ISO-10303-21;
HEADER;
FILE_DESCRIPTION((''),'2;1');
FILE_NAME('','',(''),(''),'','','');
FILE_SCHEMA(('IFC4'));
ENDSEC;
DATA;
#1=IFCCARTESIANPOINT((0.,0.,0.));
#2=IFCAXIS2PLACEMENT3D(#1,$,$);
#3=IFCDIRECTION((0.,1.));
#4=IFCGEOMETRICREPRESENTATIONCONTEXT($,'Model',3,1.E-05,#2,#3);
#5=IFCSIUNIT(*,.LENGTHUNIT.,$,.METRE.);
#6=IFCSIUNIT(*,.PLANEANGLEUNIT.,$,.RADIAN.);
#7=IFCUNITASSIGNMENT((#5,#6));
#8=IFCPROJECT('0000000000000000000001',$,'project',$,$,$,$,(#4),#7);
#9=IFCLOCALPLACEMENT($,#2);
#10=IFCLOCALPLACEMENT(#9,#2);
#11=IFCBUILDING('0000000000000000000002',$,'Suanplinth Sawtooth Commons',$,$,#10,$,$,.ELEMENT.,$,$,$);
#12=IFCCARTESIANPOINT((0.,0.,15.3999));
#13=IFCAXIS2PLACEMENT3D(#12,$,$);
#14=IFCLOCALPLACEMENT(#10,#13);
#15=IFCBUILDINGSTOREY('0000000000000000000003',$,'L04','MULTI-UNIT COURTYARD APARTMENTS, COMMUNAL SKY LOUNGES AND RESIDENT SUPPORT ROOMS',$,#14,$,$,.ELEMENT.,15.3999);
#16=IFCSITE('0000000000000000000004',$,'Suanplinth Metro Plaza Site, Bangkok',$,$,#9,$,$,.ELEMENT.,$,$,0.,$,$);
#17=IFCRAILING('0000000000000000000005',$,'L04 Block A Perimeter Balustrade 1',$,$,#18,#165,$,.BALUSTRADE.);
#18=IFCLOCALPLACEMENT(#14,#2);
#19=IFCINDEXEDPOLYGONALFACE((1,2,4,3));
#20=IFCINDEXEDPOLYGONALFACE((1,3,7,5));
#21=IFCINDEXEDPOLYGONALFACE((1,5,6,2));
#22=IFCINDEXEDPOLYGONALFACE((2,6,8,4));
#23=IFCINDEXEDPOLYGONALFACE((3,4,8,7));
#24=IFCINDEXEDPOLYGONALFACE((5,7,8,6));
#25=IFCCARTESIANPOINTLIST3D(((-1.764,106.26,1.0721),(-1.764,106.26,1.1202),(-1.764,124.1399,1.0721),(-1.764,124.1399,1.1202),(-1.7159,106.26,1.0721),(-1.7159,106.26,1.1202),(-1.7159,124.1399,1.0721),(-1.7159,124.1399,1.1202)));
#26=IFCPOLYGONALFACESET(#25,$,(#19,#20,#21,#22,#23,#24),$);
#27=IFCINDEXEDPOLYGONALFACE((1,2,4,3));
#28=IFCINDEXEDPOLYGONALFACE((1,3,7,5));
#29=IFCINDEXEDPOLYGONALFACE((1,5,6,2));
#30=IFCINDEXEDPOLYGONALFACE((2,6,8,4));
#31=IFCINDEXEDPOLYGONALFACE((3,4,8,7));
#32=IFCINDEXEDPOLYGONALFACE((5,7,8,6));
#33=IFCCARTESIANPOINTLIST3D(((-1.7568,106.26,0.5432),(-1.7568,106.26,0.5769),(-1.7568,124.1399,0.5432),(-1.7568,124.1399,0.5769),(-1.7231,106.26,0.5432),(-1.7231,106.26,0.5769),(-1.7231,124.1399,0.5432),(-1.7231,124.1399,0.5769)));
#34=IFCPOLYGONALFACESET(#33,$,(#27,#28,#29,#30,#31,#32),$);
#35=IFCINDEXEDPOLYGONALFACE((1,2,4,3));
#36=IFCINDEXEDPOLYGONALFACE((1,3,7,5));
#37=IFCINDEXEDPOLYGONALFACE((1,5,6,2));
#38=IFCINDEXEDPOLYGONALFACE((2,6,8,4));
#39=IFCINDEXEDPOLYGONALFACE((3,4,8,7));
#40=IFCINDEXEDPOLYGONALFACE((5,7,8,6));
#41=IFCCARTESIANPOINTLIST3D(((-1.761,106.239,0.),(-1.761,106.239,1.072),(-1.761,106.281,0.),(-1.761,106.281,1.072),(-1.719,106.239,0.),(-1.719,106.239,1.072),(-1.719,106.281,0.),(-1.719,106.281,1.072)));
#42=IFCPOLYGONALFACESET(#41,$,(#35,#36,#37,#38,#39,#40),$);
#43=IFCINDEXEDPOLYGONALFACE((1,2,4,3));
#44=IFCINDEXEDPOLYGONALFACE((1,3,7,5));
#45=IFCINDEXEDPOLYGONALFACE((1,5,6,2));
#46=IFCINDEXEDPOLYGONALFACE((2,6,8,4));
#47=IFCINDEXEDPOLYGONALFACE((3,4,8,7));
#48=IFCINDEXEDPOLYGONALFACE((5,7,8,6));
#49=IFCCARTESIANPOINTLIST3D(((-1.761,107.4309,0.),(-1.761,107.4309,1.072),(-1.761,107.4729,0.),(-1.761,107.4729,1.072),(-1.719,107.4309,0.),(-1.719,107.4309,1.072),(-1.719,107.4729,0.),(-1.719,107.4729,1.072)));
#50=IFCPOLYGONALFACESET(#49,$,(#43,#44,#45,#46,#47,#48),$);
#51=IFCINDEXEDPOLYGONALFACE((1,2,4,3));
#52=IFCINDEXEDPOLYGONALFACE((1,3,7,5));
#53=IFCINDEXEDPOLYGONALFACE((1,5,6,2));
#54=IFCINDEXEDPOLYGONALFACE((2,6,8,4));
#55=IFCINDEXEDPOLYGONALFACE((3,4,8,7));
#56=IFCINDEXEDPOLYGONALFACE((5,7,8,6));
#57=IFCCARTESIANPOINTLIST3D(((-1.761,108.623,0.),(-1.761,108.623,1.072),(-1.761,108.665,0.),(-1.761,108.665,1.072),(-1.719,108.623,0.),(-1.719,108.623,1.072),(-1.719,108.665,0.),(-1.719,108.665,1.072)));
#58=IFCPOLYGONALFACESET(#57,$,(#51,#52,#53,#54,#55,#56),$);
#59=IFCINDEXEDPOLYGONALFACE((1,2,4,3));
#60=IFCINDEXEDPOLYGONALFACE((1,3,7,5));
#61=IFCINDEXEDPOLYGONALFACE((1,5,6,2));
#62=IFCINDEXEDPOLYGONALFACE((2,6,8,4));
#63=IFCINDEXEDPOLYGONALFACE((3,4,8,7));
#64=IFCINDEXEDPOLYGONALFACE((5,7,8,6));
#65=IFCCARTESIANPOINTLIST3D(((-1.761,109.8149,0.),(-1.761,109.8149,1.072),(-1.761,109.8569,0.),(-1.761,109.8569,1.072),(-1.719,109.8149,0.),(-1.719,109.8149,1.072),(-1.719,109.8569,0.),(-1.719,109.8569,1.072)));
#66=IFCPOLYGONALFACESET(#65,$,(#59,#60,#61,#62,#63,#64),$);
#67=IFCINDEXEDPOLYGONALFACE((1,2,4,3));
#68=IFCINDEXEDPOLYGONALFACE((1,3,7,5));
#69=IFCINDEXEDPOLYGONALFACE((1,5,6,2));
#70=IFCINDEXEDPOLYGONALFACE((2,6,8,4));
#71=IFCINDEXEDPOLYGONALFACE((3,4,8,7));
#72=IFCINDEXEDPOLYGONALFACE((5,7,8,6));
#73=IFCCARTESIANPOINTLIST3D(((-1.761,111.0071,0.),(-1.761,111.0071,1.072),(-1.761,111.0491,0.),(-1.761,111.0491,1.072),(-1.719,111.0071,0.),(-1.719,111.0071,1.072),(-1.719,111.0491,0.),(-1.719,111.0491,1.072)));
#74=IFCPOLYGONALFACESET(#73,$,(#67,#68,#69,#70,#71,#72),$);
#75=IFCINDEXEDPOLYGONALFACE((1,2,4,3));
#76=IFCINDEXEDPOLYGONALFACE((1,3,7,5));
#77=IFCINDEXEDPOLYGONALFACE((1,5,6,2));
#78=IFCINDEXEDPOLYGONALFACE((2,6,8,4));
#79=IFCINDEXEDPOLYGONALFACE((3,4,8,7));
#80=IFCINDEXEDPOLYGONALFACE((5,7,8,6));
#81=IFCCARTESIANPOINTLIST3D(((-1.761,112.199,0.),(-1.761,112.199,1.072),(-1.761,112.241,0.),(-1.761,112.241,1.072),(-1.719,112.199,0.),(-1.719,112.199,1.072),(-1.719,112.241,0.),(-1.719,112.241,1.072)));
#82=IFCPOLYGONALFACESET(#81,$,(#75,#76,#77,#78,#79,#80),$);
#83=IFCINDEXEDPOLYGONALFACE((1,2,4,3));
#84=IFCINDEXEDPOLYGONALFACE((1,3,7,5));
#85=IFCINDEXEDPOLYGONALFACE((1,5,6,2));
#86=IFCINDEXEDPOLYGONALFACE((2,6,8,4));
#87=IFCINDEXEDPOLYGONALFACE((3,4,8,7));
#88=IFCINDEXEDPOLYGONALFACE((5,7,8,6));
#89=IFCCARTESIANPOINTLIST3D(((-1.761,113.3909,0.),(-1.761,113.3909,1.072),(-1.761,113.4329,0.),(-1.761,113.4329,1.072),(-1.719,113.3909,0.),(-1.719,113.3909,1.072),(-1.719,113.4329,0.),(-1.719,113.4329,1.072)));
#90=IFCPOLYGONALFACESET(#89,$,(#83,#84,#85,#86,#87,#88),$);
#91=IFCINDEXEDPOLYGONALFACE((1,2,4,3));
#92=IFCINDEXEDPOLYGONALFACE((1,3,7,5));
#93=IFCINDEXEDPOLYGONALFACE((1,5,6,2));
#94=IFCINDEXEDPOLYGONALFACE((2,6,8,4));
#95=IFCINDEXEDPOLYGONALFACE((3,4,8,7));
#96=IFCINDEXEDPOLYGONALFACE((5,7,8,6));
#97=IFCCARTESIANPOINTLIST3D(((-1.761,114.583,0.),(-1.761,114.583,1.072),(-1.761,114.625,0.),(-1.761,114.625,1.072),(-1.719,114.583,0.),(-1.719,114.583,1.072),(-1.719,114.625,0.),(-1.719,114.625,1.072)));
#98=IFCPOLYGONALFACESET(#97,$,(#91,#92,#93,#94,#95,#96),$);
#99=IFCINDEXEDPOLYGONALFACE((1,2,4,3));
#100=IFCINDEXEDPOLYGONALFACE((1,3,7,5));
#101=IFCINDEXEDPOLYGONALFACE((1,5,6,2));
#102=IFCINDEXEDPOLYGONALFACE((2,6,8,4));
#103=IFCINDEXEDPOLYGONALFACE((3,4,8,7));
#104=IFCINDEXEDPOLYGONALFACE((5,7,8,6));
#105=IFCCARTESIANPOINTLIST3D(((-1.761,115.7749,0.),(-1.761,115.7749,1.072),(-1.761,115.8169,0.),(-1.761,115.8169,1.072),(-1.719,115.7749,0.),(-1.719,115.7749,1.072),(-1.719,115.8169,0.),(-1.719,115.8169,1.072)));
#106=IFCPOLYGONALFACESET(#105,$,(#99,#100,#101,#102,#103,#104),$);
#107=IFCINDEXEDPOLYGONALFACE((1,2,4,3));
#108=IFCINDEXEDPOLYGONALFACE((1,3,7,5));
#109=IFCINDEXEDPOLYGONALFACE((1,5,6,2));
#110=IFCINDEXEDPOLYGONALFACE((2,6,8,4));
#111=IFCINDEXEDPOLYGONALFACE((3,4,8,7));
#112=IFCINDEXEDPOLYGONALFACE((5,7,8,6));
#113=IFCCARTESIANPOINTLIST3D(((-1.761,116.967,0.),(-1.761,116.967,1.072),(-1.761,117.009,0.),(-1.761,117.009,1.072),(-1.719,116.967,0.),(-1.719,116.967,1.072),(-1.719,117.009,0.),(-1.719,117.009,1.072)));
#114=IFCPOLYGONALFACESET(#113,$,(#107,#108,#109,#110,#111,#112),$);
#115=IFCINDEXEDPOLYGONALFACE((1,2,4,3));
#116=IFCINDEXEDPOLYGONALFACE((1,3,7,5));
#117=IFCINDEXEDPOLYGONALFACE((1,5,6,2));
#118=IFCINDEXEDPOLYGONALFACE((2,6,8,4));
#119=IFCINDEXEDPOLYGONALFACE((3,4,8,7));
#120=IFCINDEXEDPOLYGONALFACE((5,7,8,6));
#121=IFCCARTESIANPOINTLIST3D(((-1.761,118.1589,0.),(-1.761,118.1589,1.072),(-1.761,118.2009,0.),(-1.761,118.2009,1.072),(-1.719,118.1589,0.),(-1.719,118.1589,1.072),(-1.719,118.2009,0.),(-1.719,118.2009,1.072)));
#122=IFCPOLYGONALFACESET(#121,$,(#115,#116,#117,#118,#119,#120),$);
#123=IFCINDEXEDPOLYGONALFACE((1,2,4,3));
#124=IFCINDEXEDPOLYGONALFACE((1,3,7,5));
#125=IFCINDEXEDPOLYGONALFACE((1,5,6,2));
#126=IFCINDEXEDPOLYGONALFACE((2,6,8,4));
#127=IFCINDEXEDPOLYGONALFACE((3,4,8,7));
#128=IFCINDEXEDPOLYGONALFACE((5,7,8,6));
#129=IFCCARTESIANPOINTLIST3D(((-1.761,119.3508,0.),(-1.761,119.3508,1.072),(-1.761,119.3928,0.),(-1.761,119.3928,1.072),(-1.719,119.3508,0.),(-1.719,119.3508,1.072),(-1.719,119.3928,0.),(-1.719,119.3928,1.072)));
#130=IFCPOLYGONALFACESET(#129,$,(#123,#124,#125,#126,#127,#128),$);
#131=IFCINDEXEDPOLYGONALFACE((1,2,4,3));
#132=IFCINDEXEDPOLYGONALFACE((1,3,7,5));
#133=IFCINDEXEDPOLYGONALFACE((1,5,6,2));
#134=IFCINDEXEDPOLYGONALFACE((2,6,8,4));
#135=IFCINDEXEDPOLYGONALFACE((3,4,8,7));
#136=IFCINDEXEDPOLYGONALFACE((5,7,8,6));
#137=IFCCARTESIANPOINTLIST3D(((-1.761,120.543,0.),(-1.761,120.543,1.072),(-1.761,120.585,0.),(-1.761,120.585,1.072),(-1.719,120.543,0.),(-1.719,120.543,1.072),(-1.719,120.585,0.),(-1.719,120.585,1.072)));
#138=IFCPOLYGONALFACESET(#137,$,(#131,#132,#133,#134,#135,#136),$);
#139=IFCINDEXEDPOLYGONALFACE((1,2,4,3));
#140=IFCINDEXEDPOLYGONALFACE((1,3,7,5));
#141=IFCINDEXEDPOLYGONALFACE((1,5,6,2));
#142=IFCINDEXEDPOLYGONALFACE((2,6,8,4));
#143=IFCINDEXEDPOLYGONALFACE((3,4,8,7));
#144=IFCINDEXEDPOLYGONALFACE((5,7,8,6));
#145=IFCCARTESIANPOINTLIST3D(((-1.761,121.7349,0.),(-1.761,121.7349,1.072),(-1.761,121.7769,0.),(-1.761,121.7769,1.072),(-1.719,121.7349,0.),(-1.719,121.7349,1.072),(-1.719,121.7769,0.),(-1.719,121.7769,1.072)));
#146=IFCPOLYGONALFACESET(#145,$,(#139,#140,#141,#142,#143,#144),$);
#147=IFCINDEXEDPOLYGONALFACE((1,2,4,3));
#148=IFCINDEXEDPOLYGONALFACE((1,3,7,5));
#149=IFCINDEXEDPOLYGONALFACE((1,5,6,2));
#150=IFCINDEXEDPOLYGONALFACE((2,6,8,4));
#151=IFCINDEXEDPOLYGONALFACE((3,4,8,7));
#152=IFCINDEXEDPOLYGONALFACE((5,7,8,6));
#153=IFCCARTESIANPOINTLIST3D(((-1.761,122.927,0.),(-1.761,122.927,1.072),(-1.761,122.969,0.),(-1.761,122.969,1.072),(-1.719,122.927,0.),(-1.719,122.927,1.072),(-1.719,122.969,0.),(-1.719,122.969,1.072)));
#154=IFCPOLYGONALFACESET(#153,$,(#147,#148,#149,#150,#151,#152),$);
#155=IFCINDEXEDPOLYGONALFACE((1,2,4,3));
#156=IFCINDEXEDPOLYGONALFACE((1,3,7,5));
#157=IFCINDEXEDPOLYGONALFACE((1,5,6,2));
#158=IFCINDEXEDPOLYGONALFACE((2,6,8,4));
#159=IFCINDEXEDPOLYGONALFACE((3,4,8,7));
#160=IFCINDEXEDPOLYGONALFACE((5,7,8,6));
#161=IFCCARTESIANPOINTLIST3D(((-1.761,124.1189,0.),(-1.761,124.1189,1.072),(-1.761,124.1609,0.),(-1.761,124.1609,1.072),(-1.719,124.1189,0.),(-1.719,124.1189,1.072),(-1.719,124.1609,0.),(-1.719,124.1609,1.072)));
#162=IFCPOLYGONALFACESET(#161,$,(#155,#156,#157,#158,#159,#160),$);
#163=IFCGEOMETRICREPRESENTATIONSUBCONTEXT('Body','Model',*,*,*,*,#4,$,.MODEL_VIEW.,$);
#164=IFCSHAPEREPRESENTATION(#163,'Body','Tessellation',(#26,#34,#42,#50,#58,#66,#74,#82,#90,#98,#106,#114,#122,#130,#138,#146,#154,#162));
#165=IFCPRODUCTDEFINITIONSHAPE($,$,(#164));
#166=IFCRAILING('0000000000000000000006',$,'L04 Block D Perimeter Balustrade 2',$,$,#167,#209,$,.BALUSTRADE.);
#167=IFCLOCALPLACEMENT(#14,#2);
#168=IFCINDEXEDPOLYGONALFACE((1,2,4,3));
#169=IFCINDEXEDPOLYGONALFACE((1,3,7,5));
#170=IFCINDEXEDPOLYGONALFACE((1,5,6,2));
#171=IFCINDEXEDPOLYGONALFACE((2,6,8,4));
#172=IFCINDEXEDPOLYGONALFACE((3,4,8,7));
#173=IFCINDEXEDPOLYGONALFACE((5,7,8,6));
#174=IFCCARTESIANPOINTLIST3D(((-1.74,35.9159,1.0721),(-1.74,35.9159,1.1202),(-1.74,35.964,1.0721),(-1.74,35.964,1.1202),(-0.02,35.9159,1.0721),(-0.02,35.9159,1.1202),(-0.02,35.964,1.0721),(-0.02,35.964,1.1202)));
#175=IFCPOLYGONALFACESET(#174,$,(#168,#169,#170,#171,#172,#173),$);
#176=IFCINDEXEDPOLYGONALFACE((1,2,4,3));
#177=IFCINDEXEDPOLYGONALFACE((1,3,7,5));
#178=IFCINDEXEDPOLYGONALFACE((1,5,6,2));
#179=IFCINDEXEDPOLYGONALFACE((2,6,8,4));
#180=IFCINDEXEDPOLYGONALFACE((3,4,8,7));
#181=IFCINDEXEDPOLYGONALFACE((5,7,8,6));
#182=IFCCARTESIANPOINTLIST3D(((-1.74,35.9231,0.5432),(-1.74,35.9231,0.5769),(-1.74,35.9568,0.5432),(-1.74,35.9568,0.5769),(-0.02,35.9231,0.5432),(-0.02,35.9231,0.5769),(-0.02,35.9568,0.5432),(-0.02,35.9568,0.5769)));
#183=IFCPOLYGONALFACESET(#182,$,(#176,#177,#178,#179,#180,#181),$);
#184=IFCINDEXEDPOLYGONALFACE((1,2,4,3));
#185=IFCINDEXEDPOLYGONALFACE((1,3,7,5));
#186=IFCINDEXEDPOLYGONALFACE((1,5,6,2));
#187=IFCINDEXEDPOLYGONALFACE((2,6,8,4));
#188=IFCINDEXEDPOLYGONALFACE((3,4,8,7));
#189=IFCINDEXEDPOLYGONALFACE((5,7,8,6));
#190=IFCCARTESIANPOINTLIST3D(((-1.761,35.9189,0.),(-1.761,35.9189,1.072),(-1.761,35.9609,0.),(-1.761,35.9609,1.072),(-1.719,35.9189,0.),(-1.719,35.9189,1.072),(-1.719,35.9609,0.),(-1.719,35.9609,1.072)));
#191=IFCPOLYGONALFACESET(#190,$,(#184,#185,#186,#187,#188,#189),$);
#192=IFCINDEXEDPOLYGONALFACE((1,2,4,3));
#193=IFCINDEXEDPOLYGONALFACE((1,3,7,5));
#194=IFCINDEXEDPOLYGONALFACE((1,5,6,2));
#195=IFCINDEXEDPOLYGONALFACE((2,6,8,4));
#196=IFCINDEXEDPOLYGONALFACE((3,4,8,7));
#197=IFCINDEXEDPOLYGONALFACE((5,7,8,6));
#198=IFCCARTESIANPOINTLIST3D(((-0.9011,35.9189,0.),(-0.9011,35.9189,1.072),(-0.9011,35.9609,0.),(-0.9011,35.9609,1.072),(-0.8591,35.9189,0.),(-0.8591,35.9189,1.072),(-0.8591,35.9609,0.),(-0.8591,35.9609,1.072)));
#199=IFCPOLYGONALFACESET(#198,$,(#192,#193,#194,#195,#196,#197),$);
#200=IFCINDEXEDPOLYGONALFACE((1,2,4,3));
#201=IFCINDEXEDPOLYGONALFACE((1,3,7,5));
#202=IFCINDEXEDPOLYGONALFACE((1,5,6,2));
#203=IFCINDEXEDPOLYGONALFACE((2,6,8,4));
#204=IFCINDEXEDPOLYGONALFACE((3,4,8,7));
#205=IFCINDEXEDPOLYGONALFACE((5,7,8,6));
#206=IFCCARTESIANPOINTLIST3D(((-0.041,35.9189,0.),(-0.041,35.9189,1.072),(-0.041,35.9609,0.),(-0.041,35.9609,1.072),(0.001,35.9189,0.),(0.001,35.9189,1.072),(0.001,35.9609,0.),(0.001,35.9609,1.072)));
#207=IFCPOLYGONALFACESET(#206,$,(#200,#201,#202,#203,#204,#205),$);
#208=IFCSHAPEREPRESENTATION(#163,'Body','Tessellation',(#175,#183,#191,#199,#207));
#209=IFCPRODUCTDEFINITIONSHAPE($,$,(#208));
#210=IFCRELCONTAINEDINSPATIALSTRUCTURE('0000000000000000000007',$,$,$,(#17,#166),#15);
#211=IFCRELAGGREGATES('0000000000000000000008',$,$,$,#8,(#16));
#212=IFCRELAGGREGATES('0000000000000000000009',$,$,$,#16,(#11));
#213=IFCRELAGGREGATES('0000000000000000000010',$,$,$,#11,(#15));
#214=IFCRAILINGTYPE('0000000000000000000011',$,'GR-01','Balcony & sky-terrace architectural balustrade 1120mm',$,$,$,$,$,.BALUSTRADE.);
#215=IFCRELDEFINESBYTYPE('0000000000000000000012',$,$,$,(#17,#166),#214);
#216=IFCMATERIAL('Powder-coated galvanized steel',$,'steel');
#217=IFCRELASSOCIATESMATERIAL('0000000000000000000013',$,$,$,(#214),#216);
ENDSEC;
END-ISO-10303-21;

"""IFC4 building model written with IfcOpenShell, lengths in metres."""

from ifc_helpers import new_model, si_unit, direction, frame, origin, origin_2d, place, context, subcontext, project, spatial, rectangle, extrude, material, type_object, element, save


model = new_model("IFC4")

# Units and contexts
model_context = context("Model", 3, precision=1e-05, world=origin(), true_north=direction((0.0, 1.0)))
body_context = subcontext(model_context, "Body", "Model", "MODEL_VIEW")
ifc_project = project(units=[si_unit("LENGTHUNIT", "METRE"), si_unit("PLANEANGLEUNIT", "RADIAN")], contexts=[model_context])

# Site, building, storey
site_placement = place(None, origin())
site = spatial("IfcSite", under=ifc_project, at=site_placement, Name="Suanplinth Metro Plaza Site, Bangkok", CompositionType="ELEMENT", RefElevation=0.0)
building_placement = place(site_placement, origin())
building = spatial("IfcBuilding", under=site, at=building_placement, Name="Suanplinth Sawtooth Commons", CompositionType="ELEMENT")
storey_placement = place(building_placement, frame((0.0, 0.0, 15.3999)))
storey = spatial("IfcBuildingStorey", under=building, at=storey_placement, Name="L04", Description="MULTI-UNIT COURTYARD APARTMENTS, COMMUNAL SKY LOUNGES AND RESIDENT SUPPORT ROOMS", CompositionType="ELEMENT", Elevation=15.3999)

# Railings
ifc_material_1 = material(Name="Powder-coated galvanized steel", Category="steel")
railing_type = type_object("IfcRailingType", Name="GR-01", Description="Balcony & sky-terrace architectural balustrade 1120mm", PredefinedType="BALUSTRADE", material=ifc_material_1)
railing_1_placement = place(storey_placement, frame((-1.74, 106.26, 0.0)))
element("IfcRailing", 1, at=railing_1_placement, inside=storey, type_object=railing_type, Name="L04 Block A Perimeter Balustrade 1", PredefinedType="BALUSTRADE", context=body_context, shape_type="SweptSolid", body=[
    extrude(rectangle(XDim=0.0481, YDim=0.0481, at=origin_2d()), frame((0.0, 0.0, 1.0962), z_axis=(0.0, 1.0, 0.0), x_axis=(-1.0, 0.0, 0.0)), (0.0, 0.0, 1.0), 17.8799),
    extrude(rectangle(XDim=0.0337, YDim=0.0337, at=origin_2d()), frame((0.0, 0.0, 0.5601), z_axis=(0.0, 1.0, 0.0), x_axis=(-1.0, 0.0, 0.0)), (0.0, 0.0, 1.0), 17.8799),
    extrude(rectangle(XDim=0.042, YDim=0.042, at=origin_2d()), origin(), (0.0, 0.0, 1.0), 1.072),
    extrude(rectangle(XDim=0.042, YDim=0.042, at=origin_2d()), frame((0.0, 1.1919, 0.0)), (0.0, 0.0, 1.0), 1.072),
    extrude(rectangle(XDim=0.042, YDim=0.042, at=origin_2d()), frame((0.0, 2.384, 0.0)), (0.0, 0.0, 1.0), 1.072),
    extrude(rectangle(XDim=0.042, YDim=0.042, at=origin_2d()), frame((0.0, 3.5759, 0.0)), (0.0, 0.0, 1.0), 1.072),
    extrude(rectangle(XDim=0.042, YDim=0.042, at=origin_2d()), frame((0.0, 4.7681, 0.0)), (0.0, 0.0, 1.0), 1.072),
    extrude(rectangle(XDim=0.042, YDim=0.042, at=origin_2d()), frame((0.0, 5.96, 0.0)), (0.0, 0.0, 1.0), 1.072),
    extrude(rectangle(XDim=0.042, YDim=0.042, at=origin_2d()), frame((0.0, 7.1519, 0.0)), (0.0, 0.0, 1.0), 1.072),
    extrude(rectangle(XDim=0.042, YDim=0.042, at=origin_2d()), frame((0.0, 8.344, 0.0)), (0.0, 0.0, 1.0), 1.072),
    extrude(rectangle(XDim=0.042, YDim=0.042, at=origin_2d()), frame((0.0, 9.5359, 0.0)), (0.0, 0.0, 1.0), 1.072),
    extrude(rectangle(XDim=0.042, YDim=0.042, at=origin_2d()), frame((0.0, 10.728, 0.0)), (0.0, 0.0, 1.0), 1.072),
    extrude(rectangle(XDim=0.042, YDim=0.042, at=origin_2d()), frame((0.0, 11.9199, 0.0)), (0.0, 0.0, 1.0), 1.072),
    extrude(rectangle(XDim=0.042, YDim=0.042, at=origin_2d()), frame((0.0, 13.1118, 0.0)), (0.0, 0.0, 1.0), 1.072),
    extrude(rectangle(XDim=0.042, YDim=0.042, at=origin_2d()), frame((0.0, 14.304, 0.0)), (0.0, 0.0, 1.0), 1.072),
    extrude(rectangle(XDim=0.042, YDim=0.042, at=origin_2d()), frame((0.0, 15.4958, 0.0)), (0.0, 0.0, 1.0), 1.072),
    extrude(rectangle(XDim=0.042, YDim=0.042, at=origin_2d()), frame((0.0, 16.688, 0.0)), (0.0, 0.0, 1.0), 1.072),
    extrude(rectangle(XDim=0.042, YDim=0.042, at=origin_2d()), frame((0.0, 17.8799, 0.0)), (0.0, 0.0, 1.0), 1.072),
])
railing_2_placement = place(storey_placement, frame((-1.74, 35.9399, 0.0)))
element("IfcRailing", 2, at=railing_2_placement, inside=storey, type_object=railing_type, Name="L04 Block D Perimeter Balustrade 2", PredefinedType="BALUSTRADE", context=body_context, shape_type="SweptSolid", body=[
    extrude(rectangle(XDim=0.0481, YDim=0.0481, at=origin_2d()), frame((0.0, 0.0, 1.0962), z_axis=(1.0, 0.0, 0.0), x_axis=(0.0, 1.0, 0.0)), (0.0, 0.0, 1.0), 1.72),
    extrude(rectangle(XDim=0.0337, YDim=0.0337, at=origin_2d()), frame((0.0, 0.0, 0.5601), z_axis=(1.0, 0.0, 0.0), x_axis=(0.0, 1.0, 0.0)), (0.0, 0.0, 1.0), 1.72),
    extrude(rectangle(XDim=0.042, YDim=0.042, at=origin_2d()), origin(), (0.0, 0.0, 1.0), 1.072),
    extrude(rectangle(XDim=0.042, YDim=0.042, at=origin_2d()), frame((0.8599, 0.0, 0.0)), (0.0, 0.0, 1.0), 1.072),
    extrude(rectangle(XDim=0.042, YDim=0.042, at=origin_2d()), frame((1.72, 0.0, 0.0)), (0.0, 0.0, 1.0), 1.072),
])

save(model, "model.ifc")
